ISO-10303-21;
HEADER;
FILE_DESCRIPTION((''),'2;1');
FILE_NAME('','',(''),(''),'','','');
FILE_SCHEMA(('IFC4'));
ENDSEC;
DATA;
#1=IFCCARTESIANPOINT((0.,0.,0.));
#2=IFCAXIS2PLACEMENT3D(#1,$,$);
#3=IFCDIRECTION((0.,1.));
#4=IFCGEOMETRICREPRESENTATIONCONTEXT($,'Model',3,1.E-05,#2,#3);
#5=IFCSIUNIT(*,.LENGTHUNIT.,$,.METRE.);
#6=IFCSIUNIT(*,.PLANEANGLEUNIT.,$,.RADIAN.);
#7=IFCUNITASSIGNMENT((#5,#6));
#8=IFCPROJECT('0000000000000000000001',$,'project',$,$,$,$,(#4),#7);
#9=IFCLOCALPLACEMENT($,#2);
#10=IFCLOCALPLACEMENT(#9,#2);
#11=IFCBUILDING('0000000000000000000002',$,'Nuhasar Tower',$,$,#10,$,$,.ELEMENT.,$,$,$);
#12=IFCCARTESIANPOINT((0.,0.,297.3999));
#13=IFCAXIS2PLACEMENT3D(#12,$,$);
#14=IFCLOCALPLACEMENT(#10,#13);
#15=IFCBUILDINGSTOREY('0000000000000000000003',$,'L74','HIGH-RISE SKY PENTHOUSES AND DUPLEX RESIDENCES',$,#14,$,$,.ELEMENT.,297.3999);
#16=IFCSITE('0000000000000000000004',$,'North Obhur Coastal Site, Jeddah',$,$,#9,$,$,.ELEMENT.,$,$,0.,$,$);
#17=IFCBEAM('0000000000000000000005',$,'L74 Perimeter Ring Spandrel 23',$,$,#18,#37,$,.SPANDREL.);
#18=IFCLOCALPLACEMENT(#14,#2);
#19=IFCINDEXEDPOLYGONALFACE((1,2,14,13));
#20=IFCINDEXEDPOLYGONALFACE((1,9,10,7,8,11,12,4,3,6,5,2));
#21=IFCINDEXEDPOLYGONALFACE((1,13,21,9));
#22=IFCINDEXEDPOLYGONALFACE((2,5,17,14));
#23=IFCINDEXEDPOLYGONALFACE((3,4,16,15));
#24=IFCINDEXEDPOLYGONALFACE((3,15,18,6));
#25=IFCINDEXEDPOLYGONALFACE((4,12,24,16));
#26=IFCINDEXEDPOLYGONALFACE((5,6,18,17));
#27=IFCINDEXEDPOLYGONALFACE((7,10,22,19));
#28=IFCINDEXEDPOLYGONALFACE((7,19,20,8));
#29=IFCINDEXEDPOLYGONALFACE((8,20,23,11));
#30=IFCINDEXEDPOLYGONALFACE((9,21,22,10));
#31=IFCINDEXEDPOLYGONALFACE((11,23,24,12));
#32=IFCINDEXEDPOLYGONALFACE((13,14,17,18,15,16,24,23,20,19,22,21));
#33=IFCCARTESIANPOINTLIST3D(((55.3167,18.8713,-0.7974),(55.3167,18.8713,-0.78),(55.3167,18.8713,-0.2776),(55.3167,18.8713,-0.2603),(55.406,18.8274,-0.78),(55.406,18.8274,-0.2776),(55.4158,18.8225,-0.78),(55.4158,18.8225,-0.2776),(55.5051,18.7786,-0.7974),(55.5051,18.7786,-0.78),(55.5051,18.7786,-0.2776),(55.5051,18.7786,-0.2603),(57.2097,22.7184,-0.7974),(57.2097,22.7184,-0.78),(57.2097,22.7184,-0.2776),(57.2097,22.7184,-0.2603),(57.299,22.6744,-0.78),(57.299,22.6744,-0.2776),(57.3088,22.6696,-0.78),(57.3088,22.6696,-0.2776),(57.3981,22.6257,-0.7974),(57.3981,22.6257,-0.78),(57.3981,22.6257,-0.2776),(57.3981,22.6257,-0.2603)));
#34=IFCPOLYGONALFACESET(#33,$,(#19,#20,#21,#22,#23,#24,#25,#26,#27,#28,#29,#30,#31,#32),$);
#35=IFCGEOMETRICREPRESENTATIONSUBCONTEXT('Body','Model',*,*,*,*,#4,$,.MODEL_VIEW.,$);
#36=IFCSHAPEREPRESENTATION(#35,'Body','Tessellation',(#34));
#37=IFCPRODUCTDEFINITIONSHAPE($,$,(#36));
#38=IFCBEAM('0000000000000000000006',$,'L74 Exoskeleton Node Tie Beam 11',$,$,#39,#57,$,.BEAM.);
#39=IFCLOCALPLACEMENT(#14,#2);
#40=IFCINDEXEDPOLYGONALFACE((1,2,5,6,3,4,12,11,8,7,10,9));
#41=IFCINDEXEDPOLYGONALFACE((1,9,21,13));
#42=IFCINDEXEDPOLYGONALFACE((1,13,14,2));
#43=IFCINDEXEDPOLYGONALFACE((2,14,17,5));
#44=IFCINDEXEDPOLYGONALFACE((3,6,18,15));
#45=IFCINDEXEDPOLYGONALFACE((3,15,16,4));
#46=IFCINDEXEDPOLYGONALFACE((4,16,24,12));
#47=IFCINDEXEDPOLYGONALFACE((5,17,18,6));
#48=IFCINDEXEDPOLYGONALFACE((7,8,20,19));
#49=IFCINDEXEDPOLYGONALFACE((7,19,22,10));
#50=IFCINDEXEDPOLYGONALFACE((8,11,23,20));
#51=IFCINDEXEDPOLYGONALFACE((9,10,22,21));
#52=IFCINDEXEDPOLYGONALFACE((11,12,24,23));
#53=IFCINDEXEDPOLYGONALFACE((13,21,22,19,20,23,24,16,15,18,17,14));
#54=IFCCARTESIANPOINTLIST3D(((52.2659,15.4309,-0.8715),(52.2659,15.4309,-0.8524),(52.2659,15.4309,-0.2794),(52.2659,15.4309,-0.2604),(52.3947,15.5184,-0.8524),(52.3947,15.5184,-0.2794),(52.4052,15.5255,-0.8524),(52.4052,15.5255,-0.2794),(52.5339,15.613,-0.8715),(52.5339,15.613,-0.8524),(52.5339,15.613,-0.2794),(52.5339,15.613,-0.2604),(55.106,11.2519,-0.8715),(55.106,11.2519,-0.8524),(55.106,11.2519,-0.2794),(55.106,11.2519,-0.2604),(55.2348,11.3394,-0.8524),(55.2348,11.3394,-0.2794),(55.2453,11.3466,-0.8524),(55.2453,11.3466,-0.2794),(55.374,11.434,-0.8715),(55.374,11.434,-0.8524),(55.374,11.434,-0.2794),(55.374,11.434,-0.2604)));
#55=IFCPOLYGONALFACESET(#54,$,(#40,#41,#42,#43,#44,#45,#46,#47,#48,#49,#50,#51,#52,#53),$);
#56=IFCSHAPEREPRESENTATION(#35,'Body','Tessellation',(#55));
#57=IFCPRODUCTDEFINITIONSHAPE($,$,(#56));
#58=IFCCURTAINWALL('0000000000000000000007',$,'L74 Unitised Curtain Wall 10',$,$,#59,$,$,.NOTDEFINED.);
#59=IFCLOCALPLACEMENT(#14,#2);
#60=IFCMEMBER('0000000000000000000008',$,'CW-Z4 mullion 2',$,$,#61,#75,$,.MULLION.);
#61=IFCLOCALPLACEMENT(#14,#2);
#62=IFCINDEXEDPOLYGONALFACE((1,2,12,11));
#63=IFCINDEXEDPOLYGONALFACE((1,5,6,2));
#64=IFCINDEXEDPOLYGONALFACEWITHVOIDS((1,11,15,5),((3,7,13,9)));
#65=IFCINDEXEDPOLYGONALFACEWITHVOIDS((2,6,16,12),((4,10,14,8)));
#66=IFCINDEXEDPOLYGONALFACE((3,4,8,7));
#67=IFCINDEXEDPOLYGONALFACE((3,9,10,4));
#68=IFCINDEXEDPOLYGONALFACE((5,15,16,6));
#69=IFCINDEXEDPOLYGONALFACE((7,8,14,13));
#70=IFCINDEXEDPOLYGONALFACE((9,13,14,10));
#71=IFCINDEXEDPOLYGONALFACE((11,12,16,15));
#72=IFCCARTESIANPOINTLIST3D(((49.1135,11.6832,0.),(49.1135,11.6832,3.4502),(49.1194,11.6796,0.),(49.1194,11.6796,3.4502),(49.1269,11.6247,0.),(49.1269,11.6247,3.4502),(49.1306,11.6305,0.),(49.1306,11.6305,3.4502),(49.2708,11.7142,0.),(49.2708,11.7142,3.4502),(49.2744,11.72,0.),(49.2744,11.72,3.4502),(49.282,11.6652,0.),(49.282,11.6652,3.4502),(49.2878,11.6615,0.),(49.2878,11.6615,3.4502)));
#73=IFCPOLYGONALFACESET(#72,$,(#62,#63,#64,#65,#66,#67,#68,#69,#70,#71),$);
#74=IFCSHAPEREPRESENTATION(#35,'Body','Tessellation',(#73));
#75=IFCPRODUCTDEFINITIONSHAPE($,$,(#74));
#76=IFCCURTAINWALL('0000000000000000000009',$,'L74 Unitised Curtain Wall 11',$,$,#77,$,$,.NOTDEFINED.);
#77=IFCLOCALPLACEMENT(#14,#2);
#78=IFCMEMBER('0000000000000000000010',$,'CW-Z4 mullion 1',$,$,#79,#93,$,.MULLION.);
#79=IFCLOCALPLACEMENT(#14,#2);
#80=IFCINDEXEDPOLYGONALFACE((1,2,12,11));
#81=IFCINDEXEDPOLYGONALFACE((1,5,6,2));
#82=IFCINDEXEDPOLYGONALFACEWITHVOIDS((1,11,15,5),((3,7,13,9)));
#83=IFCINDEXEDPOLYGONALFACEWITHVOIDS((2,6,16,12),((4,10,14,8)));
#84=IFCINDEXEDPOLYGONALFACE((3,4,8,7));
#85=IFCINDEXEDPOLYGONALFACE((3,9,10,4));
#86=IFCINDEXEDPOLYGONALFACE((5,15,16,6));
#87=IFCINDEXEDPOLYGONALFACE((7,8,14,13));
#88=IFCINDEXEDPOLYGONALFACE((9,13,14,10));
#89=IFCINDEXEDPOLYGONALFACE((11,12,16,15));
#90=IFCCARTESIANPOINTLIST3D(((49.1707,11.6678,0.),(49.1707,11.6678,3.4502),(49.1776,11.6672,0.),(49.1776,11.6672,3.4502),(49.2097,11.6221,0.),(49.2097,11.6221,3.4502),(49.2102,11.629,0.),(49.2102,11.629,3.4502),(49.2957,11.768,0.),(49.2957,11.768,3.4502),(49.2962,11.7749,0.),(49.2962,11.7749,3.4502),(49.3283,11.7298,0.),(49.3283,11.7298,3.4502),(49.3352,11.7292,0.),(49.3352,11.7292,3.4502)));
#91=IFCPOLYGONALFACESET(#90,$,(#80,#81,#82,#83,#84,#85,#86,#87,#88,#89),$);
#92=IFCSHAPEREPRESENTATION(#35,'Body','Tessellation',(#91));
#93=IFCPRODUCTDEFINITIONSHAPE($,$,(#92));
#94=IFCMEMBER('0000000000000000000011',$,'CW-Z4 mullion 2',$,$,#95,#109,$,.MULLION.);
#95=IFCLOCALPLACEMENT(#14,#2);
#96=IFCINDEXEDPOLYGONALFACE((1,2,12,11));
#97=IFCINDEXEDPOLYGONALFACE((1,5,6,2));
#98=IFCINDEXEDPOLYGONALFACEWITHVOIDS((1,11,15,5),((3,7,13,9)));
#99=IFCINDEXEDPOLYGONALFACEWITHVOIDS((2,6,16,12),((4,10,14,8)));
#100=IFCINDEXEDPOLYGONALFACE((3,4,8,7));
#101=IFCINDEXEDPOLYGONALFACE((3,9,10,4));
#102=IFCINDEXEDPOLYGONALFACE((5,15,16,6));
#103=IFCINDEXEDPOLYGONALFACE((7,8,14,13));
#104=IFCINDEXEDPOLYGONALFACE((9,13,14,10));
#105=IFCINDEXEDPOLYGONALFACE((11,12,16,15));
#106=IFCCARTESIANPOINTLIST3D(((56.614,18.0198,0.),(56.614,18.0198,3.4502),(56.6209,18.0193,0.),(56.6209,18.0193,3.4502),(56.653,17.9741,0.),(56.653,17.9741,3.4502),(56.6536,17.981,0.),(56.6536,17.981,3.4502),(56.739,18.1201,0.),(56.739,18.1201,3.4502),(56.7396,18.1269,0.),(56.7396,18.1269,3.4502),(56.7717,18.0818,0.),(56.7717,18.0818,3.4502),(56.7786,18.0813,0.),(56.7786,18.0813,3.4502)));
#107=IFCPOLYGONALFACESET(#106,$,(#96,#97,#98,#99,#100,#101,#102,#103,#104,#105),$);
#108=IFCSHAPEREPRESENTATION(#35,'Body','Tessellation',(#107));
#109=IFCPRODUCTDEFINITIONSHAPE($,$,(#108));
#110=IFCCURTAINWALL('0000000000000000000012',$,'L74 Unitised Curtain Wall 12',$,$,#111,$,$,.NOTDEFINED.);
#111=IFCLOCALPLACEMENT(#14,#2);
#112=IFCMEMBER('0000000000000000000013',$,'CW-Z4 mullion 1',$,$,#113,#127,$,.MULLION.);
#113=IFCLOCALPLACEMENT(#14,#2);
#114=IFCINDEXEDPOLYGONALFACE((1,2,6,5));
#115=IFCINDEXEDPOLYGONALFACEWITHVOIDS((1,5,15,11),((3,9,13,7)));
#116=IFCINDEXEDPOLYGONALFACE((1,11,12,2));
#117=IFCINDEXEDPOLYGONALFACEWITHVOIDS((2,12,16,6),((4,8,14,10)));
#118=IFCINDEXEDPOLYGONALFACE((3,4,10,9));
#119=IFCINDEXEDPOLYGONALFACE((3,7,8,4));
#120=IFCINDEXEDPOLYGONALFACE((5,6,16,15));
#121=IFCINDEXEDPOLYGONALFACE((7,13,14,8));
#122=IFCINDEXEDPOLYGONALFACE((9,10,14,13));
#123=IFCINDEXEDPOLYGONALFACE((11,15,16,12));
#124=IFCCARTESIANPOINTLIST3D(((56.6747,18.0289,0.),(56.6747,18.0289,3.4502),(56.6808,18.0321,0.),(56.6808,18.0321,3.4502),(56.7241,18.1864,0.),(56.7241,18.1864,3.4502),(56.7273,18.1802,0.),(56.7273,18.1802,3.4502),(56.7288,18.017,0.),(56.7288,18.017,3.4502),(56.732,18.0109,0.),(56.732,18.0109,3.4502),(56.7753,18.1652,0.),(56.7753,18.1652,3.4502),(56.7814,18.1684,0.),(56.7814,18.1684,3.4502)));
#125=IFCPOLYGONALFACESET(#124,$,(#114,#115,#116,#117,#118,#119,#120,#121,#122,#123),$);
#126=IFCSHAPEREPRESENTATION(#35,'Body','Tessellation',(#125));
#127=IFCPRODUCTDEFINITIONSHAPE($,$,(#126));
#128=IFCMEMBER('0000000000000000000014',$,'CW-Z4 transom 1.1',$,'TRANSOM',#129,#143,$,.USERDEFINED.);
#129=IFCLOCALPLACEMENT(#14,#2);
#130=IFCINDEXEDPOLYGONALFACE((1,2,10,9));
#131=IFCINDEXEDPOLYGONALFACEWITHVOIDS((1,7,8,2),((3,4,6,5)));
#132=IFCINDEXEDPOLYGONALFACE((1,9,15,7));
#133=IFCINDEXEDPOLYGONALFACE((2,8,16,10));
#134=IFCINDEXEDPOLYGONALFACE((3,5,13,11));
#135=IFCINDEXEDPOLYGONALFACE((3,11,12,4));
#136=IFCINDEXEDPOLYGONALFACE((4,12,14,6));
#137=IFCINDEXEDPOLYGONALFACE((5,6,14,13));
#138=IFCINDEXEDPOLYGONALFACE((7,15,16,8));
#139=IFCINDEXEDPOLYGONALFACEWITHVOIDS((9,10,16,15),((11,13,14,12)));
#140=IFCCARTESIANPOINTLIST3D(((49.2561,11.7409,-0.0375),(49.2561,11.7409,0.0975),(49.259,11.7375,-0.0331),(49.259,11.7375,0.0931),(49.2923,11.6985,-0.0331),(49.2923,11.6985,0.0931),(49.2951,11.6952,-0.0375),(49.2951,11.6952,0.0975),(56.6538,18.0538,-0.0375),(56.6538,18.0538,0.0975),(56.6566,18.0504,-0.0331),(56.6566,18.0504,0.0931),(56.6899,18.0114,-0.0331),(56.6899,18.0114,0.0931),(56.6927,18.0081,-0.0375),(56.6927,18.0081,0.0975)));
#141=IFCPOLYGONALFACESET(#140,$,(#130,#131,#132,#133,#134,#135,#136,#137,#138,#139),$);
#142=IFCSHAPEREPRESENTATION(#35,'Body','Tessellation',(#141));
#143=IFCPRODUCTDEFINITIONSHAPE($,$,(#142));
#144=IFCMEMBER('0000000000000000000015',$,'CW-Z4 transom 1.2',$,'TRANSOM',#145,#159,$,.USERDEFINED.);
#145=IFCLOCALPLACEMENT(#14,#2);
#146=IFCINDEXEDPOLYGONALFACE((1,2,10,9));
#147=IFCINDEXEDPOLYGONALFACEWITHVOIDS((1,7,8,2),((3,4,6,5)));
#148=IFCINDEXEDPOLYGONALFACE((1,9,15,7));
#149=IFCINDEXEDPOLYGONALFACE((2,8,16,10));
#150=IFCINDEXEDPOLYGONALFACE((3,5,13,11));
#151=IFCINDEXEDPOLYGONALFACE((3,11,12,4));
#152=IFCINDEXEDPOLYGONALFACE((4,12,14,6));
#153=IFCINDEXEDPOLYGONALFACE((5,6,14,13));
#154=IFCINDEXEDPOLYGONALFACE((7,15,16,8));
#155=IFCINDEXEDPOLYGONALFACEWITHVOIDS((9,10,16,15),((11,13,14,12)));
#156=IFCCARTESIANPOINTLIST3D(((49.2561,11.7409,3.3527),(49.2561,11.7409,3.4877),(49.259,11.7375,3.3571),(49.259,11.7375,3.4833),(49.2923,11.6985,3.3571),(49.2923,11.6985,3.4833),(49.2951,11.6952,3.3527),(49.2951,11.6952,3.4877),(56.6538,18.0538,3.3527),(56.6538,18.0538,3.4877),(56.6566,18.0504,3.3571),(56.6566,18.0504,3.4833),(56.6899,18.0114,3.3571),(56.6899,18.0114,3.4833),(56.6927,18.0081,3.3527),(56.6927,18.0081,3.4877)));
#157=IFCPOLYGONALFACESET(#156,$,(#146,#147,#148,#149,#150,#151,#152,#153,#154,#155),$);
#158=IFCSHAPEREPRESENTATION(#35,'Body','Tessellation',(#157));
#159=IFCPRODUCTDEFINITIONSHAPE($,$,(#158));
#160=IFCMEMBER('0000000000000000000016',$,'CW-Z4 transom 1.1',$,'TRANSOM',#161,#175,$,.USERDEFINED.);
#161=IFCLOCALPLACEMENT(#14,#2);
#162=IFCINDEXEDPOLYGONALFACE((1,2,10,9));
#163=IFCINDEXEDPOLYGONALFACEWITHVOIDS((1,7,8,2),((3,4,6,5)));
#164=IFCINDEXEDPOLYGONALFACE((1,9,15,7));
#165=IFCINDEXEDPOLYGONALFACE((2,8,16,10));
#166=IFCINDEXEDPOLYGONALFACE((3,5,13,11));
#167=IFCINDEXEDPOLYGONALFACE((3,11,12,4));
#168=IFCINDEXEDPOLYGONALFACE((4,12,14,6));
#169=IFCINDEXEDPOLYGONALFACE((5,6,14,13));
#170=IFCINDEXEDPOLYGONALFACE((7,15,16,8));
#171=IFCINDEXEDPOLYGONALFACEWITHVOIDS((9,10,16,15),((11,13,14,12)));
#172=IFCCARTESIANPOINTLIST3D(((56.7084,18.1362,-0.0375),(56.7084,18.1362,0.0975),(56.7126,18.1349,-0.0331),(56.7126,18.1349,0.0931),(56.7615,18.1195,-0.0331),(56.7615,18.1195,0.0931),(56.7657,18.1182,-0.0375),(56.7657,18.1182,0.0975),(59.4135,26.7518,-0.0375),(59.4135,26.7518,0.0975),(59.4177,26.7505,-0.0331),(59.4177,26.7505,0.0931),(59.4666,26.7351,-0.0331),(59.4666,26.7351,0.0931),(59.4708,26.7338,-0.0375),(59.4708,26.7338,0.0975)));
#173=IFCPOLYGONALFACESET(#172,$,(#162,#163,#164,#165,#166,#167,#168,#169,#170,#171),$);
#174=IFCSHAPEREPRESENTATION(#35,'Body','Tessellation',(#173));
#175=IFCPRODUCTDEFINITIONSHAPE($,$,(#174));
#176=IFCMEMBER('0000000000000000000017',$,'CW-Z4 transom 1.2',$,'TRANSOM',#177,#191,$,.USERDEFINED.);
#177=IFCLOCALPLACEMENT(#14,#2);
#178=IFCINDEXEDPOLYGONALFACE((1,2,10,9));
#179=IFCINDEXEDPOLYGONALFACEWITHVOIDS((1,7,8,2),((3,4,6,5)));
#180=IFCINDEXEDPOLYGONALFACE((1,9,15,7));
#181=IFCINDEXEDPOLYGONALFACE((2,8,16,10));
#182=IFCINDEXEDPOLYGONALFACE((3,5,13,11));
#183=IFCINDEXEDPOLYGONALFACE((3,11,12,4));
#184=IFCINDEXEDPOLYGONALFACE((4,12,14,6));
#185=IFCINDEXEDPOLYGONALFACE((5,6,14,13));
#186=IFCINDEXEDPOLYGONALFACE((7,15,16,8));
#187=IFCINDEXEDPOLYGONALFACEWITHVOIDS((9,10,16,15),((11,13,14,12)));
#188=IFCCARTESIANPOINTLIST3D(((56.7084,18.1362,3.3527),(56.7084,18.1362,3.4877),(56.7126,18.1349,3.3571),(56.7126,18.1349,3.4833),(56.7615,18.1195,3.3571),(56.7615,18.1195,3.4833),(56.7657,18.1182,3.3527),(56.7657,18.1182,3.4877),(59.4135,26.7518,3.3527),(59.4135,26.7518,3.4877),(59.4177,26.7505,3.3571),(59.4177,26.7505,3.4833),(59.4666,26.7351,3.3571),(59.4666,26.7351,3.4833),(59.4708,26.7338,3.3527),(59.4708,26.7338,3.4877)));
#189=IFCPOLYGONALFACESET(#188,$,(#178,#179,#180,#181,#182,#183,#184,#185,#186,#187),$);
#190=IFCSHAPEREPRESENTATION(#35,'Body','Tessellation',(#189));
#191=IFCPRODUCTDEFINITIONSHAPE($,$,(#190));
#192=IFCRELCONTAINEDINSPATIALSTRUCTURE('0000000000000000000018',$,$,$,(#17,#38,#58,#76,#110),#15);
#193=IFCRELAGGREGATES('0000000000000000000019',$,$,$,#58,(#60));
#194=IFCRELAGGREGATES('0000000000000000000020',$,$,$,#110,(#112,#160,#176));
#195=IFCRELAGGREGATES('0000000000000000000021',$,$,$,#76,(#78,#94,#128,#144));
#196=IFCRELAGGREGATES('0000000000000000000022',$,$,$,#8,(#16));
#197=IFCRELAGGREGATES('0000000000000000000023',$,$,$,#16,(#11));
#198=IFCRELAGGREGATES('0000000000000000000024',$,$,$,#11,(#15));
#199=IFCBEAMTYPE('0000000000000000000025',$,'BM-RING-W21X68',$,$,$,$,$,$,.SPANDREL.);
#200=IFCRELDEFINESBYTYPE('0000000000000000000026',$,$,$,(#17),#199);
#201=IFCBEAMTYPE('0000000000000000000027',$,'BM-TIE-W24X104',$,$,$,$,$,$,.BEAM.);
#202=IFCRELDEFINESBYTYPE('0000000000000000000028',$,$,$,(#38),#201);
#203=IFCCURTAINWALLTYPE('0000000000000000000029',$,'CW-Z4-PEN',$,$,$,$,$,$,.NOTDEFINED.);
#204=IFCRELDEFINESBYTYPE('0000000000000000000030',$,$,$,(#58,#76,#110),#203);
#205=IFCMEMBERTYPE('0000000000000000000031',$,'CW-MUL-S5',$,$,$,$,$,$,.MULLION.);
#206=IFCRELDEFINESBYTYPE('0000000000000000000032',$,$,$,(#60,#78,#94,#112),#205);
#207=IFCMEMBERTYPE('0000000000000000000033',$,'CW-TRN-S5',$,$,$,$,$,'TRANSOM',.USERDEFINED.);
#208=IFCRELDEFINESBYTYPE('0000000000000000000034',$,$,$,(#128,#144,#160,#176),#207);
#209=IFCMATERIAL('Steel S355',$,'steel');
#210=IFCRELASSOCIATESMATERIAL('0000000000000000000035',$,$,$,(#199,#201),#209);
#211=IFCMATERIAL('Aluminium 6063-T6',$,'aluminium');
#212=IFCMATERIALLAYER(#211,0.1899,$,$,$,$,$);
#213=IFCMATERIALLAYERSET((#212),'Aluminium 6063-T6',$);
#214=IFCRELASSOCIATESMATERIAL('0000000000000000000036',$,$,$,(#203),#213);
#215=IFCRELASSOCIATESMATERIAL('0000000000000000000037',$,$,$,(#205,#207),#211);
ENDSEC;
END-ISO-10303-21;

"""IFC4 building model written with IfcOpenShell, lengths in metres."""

from ifc_helpers import new_model, si_unit, direction, frame, origin, origin_2d, place, context, subcontext, project, spatial, hollow_rectangle, i_section, extrude, material, layer, layer_set, material_profile, profile_set, type_object, element, aggregate, save


model = new_model("IFC4")

# Units and contexts
model_context = context("Model", 3, precision=1e-05, world=origin(), true_north=direction((0.0, 1.0)))
body_context = subcontext(model_context, "Body", "Model", "MODEL_VIEW")
ifc_project = project(units=[si_unit("LENGTHUNIT", "METRE"), si_unit("PLANEANGLEUNIT", "RADIAN")], contexts=[model_context])

# Site, building, storey
site_placement = place(None, origin())
site = spatial("IfcSite", under=ifc_project, at=site_placement, Name="North Obhur Coastal Site, Jeddah", CompositionType="ELEMENT", RefElevation=0.0)
building_placement = place(site_placement, origin())
building = spatial("IfcBuilding", under=site, at=building_placement, Name="Nuhasar Tower", CompositionType="ELEMENT")
storey_placement = place(building_placement, frame((0.0, 0.0, 297.3999)))
storey = spatial("IfcBuildingStorey", under=building, at=storey_placement, Name="L74", Description="HIGH-RISE SKY PENTHOUSES AND DUPLEX RESIDENCES", CompositionType="ELEMENT", Elevation=297.3999)

# Beams
ifc_material_1 = material(Name="Steel S355", Category="steel")
ifc_material_profile_1 = material_profile(ifc_material_1, i_section(OverallWidth=0.21, OverallDepth=0.5371, WebThickness=0.011, FlangeThickness=0.0173, at=origin_2d()), Name="W21X68")
ifc_profile_set_1 = profile_set([ifc_material_profile_1], Name="Steel S355")
beam_type_1 = type_object("IfcBeamType", Name="BM-RING-W21X68", PredefinedType="SPANDREL", material=ifc_profile_set_1)
beam_1_placement = place(storey_placement, frame((55.4109, 18.825, -0.5288), z_axis=(0.441511, 0.897256, 0.0), x_axis=(-0.897256, 0.441511, 0.0)))
element("IfcBeam", 1, at=beam_1_placement, inside=storey, type_object=beam_type_1, Name="L74 Perimeter Ring Spandrel 23", PredefinedType="SPANDREL", context=body_context, shape_type="SweptSolid", body=[
    extrude(i_section(OverallWidth=0.21, OverallDepth=0.5371, WebThickness=0.011, FlangeThickness=0.0173, at=origin_2d()), origin(), (0.0, 0.0, 1.0), 4.2876),
])
ifc_material_profile_2 = material_profile(ifc_material_1, i_section(OverallWidth=0.324, OverallDepth=0.6111, WebThickness=0.0127, FlangeThickness=0.019, at=origin_2d()), Name="W24X104")
ifc_profile_set_2 = profile_set([ifc_material_profile_2], Name="Steel S355")
beam_type_2 = type_object("IfcBeamType", Name="BM-TIE-W24X104", PredefinedType="BEAM", material=ifc_profile_set_2)
beam_2_placement = place(storey_placement, frame((52.3999, 15.522, -0.5659), z_axis=(0.562093, -0.827074, 0.0), x_axis=(0.827074, 0.562093, 0.0)))
element("IfcBeam", 2, at=beam_2_placement, inside=storey, type_object=beam_type_2, Name="L74 Exoskeleton Node Tie Beam 11", PredefinedType="BEAM", context=body_context, shape_type="SweptSolid", body=[
    extrude(i_section(OverallWidth=0.324, OverallDepth=0.6111, WebThickness=0.0127, FlangeThickness=0.019, at=origin_2d()), origin(), (0.0, 0.0, 1.0), 5.0527),
])

# Curtain wall, member
ifc_material_2 = material(Name="Aluminium 6063-T6", Category="aluminium")
ifc_layer_1 = layer(ifc_material_2, 0.1899)
ifc_layer_set_1 = layer_set([ifc_layer_1], Name="Aluminium 6063-T6")
curtain_wall_type = type_object("IfcCurtainWallType", Name="CW-Z4-PEN", PredefinedType="NOTDEFINED", material=ifc_layer_set_1)
curtain_wall_1_placement = place(storey_placement, origin())
curtain_wall_1 = element("IfcCurtainWall", 3, at=curtain_wall_1_placement, inside=storey, type_object=curtain_wall_type, Name="L74 Unitised Curtain Wall 10", PredefinedType="NOTDEFINED")
ifc_material_profile_3 = material_profile(ifc_material_2, hollow_rectangle(XDim=0.0601, YDim=0.165, WallThickness=0.0049, at=origin_2d()), Name="CWM-5")
ifc_profile_set_3 = profile_set([ifc_material_profile_3], Name="Aluminium 6063-T6")
member_type_1 = type_object("IfcMemberType", Name="CW-MUL-S5", PredefinedType="MULLION", material=ifc_profile_set_3)
member_1_placement = place(storey_placement, frame((49.2007, 11.6724, 0.0), z_axis=(0.0, 0.0, 1.0), x_axis=(-0.222889, 0.974844, 0.0)))
member_1 = element("IfcMember", 4, at=member_1_placement, type_object=member_type_1, Name="CW-Z4 mullion 2", PredefinedType="MULLION", context=body_context, shape_type="SweptSolid", body=[
    extrude(hollow_rectangle(XDim=0.0601, YDim=0.165, WallThickness=0.0049, at=origin_2d()), origin(), (0.0, 0.0, 1.0), 3.4502),
])
aggregate(curtain_wall_1, [member_1])

# Curtain wall, members
curtain_wall_2_placement = place(storey_placement, origin())
curtain_wall_2 = element("IfcCurtainWall", 5, at=curtain_wall_2_placement, inside=storey, type_object=curtain_wall_type, Name="L74 Unitised Curtain Wall 11", PredefinedType="NOTDEFINED")
member_2_placement = place(storey_placement, frame((49.2529, 11.6985, 0.0), z_axis=(0.0, 0.0, 1.0), x_axis=(-0.649142, 0.760667, 0.0)))
member_2 = element("IfcMember", 6, at=member_2_placement, type_object=member_type_1, Name="CW-Z4 mullion 1", PredefinedType="MULLION", context=body_context, shape_type="SweptSolid", body=[
    extrude(hollow_rectangle(XDim=0.0601, YDim=0.165, WallThickness=0.0049, at=origin_2d()), origin(), (0.0, 0.0, 1.0), 3.4502),
])
member_3_placement = place(storey_placement, frame((56.6963, 18.0505, 0.0), z_axis=(0.0, 0.0, 1.0), x_axis=(-0.649142, 0.760667, 0.0)))
member_3 = element("IfcMember", 7, at=member_3_placement, type_object=member_type_1, Name="CW-Z4 mullion 2", PredefinedType="MULLION", context=body_context, shape_type="SweptSolid", body=[
    extrude(hollow_rectangle(XDim=0.0601, YDim=0.165, WallThickness=0.0049, at=origin_2d()), origin(), (0.0, 0.0, 1.0), 3.4502),
])

# Curtain wall, member
curtain_wall_3_placement = place(storey_placement, origin())
curtain_wall_3 = element("IfcCurtainWall", 8, at=curtain_wall_3_placement, inside=storey, type_object=curtain_wall_type, Name="L74 Unitised Curtain Wall 12", PredefinedType="NOTDEFINED")
member_4_placement = place(storey_placement, frame((56.728, 18.0986, 0.0), z_axis=(0.0, 0.0, 1.0), x_axis=(-0.954079, 0.299557, 0.0)))
member_4 = element("IfcMember", 9, at=member_4_placement, type_object=member_type_1, Name="CW-Z4 mullion 1", PredefinedType="MULLION", context=body_context, shape_type="SweptSolid", body=[
    extrude(hollow_rectangle(XDim=0.0601, YDim=0.165, WallThickness=0.0049, at=origin_2d()), origin(), (0.0, 0.0, 1.0), 3.4502),
])

# Members
ifc_material_profile_4 = material_profile(ifc_material_2, hollow_rectangle(XDim=0.0601, YDim=0.135, WallThickness=0.0044, at=origin_2d()), Name="CWT-5")
ifc_profile_set_4 = profile_set([ifc_material_profile_4], Name="Aluminium 6063-T6")
member_type_2 = type_object("IfcMemberType", Name="CW-TRN-S5", ElementType="TRANSOM", PredefinedType="USERDEFINED", material=ifc_profile_set_4)
member_5_placement = place(storey_placement, frame((49.2756, 11.718, 0.03), z_axis=(0.760672, 0.649136, 0.0), x_axis=(-0.649136, 0.760672, 0.0)))
member_5 = element("IfcMember", 10, at=member_5_placement, type_object=member_type_2, Name="CW-Z4 transom 1.1", ObjectType="TRANSOM", PredefinedType="USERDEFINED", context=body_context, shape_type="SweptSolid", body=[
    extrude(hollow_rectangle(XDim=0.0601, YDim=0.135, WallThickness=0.0044, at=origin_2d()), origin(), (0.0, 0.0, 1.0), 9.7251),
])
member_6_placement = place(storey_placement, frame((49.2756, 11.718, 3.4202), z_axis=(0.760672, 0.649136, 0.0), x_axis=(-0.649136, 0.760672, 0.0)))
member_6 = element("IfcMember", 11, at=member_6_placement, type_object=member_type_2, Name="CW-Z4 transom 1.2", ObjectType="TRANSOM", PredefinedType="USERDEFINED", context=body_context, shape_type="SweptSolid", body=[
    extrude(hollow_rectangle(XDim=0.0601, YDim=0.135, WallThickness=0.0044, at=origin_2d()), origin(), (0.0, 0.0, 1.0), 9.7251),
])
member_7_placement = place(storey_placement, frame((56.7371, 18.1272, 0.03), z_axis=(0.29956, 0.954077, 0.0), x_axis=(-0.954077, 0.29956, 0.0)))
member_7 = element("IfcMember", 12, at=member_7_placement, type_object=member_type_2, Name="CW-Z4 transom 1.1", ObjectType="TRANSOM", PredefinedType="USERDEFINED", context=body_context, shape_type="SweptSolid", body=[
    extrude(hollow_rectangle(XDim=0.0601, YDim=0.135, WallThickness=0.0044, at=origin_2d()), origin(), (0.0, 0.0, 1.0), 9.0303),
])
member_8_placement = place(storey_placement, frame((56.7371, 18.1272, 3.4202), z_axis=(0.29956, 0.954077, 0.0), x_axis=(-0.954077, 0.29956, 0.0)))
member_8 = element("IfcMember", 13, at=member_8_placement, type_object=member_type_2, Name="CW-Z4 transom 1.2", ObjectType="TRANSOM", PredefinedType="USERDEFINED", context=body_context, shape_type="SweptSolid", body=[
    extrude(hollow_rectangle(XDim=0.0601, YDim=0.135, WallThickness=0.0044, at=origin_2d()), origin(), (0.0, 0.0, 1.0), 9.0303),
])
aggregate(curtain_wall_3, [member_4, member_7, member_8])

aggregate(curtain_wall_2, [member_2, member_3, member_5, member_6])

save(model, "model.ifc")
